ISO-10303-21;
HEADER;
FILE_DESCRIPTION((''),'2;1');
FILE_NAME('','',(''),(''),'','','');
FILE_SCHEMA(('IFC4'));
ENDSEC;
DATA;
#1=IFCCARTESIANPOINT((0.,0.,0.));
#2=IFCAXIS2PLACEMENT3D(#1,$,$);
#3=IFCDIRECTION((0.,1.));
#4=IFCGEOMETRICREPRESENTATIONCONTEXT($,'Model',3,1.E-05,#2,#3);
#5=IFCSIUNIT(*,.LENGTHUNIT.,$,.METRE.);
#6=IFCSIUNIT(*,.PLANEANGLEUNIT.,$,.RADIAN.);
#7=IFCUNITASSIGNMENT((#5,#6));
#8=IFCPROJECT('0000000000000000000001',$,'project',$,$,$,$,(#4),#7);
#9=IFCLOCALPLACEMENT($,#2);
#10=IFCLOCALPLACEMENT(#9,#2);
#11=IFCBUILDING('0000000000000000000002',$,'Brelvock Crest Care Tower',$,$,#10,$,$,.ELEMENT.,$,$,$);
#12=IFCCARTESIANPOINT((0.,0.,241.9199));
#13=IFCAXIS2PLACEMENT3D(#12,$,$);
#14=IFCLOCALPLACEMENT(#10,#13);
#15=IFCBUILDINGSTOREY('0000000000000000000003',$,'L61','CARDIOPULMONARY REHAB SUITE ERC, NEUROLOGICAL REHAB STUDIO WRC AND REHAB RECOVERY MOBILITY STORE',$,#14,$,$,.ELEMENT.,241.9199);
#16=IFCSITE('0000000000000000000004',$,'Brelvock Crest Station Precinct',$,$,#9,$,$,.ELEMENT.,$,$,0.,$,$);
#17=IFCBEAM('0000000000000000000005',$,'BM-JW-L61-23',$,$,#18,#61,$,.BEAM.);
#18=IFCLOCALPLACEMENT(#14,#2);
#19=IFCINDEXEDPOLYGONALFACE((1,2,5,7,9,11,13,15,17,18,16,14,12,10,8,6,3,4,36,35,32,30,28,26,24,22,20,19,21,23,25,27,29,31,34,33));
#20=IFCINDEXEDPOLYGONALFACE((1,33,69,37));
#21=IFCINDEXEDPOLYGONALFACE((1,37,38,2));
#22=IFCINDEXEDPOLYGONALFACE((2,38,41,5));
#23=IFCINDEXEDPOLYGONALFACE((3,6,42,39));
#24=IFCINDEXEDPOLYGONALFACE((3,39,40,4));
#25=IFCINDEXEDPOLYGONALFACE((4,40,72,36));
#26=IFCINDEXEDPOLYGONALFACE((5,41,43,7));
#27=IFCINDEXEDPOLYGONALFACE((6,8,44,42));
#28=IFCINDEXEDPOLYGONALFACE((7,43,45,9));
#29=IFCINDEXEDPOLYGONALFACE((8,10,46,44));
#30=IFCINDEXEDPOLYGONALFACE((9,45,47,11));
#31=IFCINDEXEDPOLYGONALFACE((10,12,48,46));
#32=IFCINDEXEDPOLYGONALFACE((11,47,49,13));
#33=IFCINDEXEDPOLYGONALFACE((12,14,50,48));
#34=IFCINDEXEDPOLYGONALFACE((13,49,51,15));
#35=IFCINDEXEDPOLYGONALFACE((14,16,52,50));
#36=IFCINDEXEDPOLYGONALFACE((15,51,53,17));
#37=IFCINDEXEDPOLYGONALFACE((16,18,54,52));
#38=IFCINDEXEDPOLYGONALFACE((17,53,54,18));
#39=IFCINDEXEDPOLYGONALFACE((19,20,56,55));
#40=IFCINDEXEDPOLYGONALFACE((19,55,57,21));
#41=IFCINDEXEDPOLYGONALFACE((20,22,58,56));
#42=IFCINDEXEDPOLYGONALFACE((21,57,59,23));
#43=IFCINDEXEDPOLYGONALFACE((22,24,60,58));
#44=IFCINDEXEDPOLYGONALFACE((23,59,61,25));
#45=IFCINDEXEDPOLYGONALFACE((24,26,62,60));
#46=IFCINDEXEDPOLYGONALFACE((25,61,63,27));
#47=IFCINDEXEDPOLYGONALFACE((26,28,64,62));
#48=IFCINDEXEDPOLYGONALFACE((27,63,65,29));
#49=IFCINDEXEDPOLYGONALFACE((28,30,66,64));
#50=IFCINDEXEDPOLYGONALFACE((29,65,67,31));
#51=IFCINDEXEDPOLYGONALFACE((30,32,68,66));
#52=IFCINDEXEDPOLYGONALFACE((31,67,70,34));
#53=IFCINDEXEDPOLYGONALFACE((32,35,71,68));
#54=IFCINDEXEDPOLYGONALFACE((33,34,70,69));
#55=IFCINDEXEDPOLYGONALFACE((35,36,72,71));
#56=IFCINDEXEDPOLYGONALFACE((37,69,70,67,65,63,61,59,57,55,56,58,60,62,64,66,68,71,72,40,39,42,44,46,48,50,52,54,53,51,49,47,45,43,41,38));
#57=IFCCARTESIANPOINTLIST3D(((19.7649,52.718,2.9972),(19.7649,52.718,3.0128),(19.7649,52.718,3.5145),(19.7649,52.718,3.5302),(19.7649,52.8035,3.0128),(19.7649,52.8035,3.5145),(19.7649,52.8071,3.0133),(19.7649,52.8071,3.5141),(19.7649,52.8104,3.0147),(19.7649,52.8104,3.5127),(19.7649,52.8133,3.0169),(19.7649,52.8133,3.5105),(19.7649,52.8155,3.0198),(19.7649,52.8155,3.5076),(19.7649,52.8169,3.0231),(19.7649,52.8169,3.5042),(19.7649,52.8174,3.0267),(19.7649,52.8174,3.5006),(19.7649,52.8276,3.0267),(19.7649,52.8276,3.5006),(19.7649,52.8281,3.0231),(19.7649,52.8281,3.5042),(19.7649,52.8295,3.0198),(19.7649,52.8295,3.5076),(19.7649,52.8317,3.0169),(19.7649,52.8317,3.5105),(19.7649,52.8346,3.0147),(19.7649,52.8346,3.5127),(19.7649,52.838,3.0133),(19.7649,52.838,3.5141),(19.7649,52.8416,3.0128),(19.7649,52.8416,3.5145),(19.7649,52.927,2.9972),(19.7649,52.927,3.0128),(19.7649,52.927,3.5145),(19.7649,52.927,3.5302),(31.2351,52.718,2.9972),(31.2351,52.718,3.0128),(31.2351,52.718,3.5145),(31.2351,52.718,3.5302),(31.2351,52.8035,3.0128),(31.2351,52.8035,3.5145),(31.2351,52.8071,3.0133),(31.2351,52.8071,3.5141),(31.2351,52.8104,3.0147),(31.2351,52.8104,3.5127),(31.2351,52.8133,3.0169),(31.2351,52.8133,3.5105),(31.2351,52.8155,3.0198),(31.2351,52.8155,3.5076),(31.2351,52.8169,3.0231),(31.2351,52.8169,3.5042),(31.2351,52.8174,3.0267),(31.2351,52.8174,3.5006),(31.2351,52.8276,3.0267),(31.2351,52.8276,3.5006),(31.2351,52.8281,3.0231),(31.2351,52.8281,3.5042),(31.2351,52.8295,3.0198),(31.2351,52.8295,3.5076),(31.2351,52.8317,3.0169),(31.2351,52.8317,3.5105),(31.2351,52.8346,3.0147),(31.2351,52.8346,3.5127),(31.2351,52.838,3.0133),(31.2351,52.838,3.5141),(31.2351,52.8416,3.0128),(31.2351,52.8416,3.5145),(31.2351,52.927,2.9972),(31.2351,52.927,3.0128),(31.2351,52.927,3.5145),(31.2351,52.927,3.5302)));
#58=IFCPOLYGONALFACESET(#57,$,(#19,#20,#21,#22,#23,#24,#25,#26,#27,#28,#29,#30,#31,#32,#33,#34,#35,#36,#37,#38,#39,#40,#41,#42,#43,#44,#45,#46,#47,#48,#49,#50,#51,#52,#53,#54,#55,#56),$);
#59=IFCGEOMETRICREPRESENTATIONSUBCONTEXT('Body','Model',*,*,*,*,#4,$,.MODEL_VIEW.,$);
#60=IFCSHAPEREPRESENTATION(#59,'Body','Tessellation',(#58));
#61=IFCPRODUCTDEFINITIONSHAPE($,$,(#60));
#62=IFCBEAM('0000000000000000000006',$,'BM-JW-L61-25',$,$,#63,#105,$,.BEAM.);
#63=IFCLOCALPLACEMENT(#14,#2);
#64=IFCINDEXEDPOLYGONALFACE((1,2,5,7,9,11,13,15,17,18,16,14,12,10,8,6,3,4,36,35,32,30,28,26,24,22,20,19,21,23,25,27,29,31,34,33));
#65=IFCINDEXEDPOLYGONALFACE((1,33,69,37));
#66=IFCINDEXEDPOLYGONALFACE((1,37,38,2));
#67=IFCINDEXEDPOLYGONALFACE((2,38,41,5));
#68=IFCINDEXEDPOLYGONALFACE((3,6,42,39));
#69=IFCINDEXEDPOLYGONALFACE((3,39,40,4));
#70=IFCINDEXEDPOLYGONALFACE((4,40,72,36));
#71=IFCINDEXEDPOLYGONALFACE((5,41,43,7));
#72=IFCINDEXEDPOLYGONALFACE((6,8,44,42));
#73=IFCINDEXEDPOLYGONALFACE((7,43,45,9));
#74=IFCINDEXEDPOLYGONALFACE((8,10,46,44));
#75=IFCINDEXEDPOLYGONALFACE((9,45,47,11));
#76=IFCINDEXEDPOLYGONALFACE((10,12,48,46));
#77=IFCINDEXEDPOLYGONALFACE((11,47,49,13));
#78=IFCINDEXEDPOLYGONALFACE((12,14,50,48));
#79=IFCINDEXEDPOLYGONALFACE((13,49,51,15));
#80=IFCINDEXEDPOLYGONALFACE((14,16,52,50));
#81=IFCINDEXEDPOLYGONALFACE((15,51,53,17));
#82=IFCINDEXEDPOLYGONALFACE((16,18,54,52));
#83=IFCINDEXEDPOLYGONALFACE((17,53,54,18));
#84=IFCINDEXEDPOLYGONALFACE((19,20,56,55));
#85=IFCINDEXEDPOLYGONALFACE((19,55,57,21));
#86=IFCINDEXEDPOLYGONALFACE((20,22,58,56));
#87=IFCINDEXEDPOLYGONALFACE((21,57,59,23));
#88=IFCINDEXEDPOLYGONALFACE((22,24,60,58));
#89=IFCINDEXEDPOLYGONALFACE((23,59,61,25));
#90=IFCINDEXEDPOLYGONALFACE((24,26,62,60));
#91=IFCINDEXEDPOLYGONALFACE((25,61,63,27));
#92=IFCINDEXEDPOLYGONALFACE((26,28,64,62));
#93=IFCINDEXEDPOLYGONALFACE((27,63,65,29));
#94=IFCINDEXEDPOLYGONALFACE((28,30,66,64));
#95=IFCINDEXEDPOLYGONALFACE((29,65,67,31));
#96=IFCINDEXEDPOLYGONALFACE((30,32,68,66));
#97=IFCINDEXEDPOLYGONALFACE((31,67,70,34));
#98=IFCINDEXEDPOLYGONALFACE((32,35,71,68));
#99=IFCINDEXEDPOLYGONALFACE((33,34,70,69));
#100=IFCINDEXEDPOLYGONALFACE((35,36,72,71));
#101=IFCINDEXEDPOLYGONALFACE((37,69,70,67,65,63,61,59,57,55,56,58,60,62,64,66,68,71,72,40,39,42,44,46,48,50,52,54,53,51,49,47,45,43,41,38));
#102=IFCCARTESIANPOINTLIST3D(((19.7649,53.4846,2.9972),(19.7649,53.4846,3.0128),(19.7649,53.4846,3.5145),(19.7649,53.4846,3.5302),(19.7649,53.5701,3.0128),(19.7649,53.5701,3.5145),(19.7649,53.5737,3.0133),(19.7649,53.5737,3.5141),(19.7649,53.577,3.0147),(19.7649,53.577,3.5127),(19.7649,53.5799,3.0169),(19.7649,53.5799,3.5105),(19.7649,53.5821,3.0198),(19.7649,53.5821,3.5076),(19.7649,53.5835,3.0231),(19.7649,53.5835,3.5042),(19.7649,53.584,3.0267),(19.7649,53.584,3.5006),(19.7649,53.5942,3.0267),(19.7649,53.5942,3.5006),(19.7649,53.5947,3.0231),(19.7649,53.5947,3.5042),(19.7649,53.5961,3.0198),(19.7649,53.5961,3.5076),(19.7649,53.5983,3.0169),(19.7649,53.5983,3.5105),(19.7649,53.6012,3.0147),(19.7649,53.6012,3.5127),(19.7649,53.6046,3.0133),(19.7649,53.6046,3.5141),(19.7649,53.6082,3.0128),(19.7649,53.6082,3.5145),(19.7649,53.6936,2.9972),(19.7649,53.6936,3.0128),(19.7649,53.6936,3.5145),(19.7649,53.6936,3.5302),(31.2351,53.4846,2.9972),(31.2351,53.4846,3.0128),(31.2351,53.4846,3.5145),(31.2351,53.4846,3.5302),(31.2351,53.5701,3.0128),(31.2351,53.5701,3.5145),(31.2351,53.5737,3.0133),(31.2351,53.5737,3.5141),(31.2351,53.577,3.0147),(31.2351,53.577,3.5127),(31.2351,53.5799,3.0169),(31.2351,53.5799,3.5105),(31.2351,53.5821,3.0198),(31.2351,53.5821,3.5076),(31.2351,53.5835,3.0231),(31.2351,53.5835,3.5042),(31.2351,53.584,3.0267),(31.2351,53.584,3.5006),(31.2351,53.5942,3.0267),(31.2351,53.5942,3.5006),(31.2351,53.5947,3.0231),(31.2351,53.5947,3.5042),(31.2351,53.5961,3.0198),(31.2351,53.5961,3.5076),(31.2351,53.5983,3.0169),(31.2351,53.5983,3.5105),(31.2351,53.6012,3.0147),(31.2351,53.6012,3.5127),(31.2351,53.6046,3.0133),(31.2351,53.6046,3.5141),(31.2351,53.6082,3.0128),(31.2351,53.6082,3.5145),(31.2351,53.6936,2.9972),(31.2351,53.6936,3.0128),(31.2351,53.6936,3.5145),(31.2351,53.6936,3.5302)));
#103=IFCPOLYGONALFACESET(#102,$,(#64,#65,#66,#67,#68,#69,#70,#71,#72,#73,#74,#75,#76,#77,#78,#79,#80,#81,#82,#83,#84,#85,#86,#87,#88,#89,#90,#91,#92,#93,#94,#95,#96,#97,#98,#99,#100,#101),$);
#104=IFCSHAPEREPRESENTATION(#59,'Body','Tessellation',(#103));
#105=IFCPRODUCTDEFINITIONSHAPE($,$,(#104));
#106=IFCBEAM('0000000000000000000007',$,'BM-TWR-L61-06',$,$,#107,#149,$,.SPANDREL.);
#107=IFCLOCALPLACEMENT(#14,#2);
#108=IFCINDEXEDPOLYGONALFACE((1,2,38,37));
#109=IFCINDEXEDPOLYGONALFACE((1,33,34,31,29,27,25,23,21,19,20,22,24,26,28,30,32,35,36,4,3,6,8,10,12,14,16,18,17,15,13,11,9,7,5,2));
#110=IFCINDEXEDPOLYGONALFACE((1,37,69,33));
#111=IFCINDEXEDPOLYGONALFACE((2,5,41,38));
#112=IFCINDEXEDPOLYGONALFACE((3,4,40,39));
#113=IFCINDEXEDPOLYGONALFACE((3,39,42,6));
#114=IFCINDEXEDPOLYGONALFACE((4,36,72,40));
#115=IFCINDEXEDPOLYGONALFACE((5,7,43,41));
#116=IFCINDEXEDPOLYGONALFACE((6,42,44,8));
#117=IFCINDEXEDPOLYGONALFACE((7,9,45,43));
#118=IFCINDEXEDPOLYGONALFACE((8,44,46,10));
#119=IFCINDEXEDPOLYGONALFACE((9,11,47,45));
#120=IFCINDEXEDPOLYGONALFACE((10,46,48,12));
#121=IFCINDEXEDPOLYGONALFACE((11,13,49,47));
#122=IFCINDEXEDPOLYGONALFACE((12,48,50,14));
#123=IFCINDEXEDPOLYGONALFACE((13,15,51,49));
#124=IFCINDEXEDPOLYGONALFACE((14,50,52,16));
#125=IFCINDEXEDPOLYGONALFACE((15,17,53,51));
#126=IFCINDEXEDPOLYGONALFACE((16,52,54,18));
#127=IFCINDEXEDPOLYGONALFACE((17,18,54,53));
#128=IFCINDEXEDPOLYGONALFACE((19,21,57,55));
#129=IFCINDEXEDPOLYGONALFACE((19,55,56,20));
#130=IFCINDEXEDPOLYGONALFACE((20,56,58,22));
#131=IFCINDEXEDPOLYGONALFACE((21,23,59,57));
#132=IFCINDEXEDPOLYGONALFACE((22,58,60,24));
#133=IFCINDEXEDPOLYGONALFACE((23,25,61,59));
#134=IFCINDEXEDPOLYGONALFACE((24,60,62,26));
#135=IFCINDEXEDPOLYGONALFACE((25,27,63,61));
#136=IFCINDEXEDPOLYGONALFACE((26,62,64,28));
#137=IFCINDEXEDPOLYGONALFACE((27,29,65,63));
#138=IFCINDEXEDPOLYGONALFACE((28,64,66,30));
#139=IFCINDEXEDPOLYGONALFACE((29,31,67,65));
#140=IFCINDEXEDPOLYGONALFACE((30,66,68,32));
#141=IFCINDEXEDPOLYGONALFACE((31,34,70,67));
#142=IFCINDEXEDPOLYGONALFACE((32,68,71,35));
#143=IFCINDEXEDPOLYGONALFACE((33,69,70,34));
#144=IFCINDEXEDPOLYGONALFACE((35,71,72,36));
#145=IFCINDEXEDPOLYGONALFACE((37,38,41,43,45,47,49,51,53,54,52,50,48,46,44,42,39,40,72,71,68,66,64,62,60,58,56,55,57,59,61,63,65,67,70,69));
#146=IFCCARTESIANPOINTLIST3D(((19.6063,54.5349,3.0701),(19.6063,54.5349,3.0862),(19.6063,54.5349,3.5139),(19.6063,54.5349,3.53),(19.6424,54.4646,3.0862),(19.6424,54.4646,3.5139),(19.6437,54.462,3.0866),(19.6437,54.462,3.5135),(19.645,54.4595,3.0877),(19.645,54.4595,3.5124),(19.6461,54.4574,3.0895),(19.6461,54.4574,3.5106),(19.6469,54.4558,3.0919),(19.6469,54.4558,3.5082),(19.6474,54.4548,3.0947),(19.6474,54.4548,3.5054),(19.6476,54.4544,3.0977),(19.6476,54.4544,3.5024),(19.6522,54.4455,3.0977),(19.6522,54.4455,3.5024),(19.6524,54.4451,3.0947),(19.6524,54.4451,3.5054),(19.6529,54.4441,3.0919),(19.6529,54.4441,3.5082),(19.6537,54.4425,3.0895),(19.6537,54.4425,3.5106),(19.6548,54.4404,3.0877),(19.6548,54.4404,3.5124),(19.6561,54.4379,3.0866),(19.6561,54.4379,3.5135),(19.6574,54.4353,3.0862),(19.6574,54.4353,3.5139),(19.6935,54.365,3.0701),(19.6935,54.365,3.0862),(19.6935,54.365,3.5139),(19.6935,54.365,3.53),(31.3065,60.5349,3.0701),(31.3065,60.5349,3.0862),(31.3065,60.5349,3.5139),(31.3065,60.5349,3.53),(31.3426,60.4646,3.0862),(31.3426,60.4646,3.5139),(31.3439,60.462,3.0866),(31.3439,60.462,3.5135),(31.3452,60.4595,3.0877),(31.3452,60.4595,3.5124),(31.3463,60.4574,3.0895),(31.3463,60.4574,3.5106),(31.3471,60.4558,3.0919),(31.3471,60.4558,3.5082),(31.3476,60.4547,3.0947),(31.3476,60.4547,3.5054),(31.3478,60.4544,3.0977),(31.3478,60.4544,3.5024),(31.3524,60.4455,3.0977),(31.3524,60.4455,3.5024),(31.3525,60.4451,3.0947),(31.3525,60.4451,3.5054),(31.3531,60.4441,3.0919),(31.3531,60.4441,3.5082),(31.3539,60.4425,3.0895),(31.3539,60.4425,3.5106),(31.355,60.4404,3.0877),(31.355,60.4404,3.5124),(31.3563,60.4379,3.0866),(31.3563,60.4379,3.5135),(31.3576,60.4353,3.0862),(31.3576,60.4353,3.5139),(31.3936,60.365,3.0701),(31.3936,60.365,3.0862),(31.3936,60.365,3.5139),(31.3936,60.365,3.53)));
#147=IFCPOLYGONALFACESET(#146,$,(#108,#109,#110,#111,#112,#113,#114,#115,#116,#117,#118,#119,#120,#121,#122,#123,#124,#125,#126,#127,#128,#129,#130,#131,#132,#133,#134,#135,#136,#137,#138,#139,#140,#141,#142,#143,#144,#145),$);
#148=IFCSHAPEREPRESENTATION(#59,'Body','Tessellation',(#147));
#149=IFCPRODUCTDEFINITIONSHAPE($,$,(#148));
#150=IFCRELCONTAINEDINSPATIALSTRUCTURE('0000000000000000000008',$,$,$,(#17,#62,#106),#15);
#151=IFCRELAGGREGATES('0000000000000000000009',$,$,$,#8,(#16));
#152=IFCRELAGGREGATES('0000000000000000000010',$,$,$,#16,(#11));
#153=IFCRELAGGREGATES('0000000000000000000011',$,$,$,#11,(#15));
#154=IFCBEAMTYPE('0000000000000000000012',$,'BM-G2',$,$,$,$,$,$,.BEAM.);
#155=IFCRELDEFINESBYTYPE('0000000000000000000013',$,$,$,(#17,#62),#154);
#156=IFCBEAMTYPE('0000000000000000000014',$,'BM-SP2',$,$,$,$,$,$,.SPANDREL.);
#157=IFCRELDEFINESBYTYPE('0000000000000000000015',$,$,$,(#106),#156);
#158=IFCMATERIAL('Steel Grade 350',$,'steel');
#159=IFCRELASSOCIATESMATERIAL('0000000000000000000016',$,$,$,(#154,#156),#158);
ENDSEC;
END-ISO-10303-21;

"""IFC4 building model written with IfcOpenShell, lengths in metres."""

from ifc_helpers import new_model, si_unit, direction, frame, origin, origin_2d, place, context, subcontext, project, spatial, i_section, extrude, source, transform, mapped, material, material_profile, profile_set, type_object, element, save


model = new_model("IFC4")

# Units and contexts
model_context = context("Model", 3, precision=1e-05, world=origin(), true_north=direction((0.0, 1.0)))
body_context = subcontext(model_context, "Body", "Model", "MODEL_VIEW")
ifc_project = project(units=[si_unit("LENGTHUNIT", "METRE"), si_unit("PLANEANGLEUNIT", "RADIAN")], contexts=[model_context])

# Site, building, storey
site_placement = place(None, origin())
site = spatial("IfcSite", under=ifc_project, at=site_placement, Name="Brelvock Crest Station Precinct", CompositionType="ELEMENT", RefElevation=0.0)
building_placement = place(site_placement, origin())
building = spatial("IfcBuilding", under=site, at=building_placement, Name="Brelvock Crest Care Tower", CompositionType="ELEMENT")
storey_placement = place(building_placement, frame((0.0, 0.0, 241.9199)))
storey = spatial("IfcBuildingStorey", under=building, at=storey_placement, Name="L61", Description="CARDIOPULMONARY REHAB SUITE ERC, NEUROLOGICAL REHAB STUDIO WRC AND REHAB RECOVERY MOBILITY STORE", CompositionType="ELEMENT", Elevation=241.9199)

# Shared definitions
ifc_material_1 = material(Name="Steel Grade 350", Category="steel")

# Beams
ifc_material_profile_1 = material_profile(ifc_material_1, i_section(OverallWidth=0.209, OverallDepth=0.533, WebThickness=0.0103, FlangeThickness=0.0156, FilletRadius=0.0139, at=origin_2d()), Name="530UB92.4")
ifc_profile_set_1 = profile_set([ifc_material_profile_1], Name="Steel Grade 350")
beam_type_1 = type_object("IfcBeamType", Name="BM-G2", PredefinedType="BEAM", material=ifc_profile_set_1)
shared_shape_1 = source(origin(), body_context, "Body", "SweptSolid", [
    extrude(i_section(OverallWidth=0.209, OverallDepth=0.533, WebThickness=0.0103, FlangeThickness=0.0156, FilletRadius=0.0139, at=origin_2d()), origin(), (0.0, 0.0, 1.0), 11.4702),
])
for number, where, z_axis, x_axis, name in (
    (1, (19.7649, 52.8225, 3.2637), (1.0, 0.0, 0.0), (0.0, 1.0, 0.0), "BM-JW-L61-23"),
    (2, (19.7649, 53.5891, 3.2637), (1.0, 0.0, 0.0), (0.0, 1.0, 0.0), "BM-JW-L61-25"),
):
    element("IfcBeam", number, at=place(storey_placement, frame(where, z_axis=z_axis, x_axis=x_axis)), inside=storey, type_object=beam_type_1, Name=name, PredefinedType="BEAM", context=body_context, shape_type="MappedRepresentation", body=[
        mapped(shared_shape_1, transform((0.0, 0.0, 0.0), x_axis=(1.0, 0.0, 0.0), y_axis=(0.0, 1.0, 0.0), z_axis=(0.0, 0.0, 1.0), scale=1.0)),
    ])
ifc_material_profile_2 = material_profile(ifc_material_1, i_section(OverallWidth=0.1909, OverallDepth=0.46, WebThickness=0.01, FlangeThickness=0.0161, FilletRadius=0.0115, at=origin_2d()), Name="460UB82.1")
ifc_profile_set_2 = profile_set([ifc_material_profile_2], Name="Steel Grade 350")
beam_type_2 = type_object("IfcBeamType", Name="BM-SP2", PredefinedType="SPANDREL", material=ifc_profile_set_2)
shared_shape_2 = source(origin(), body_context, "Body", "SweptSolid", [
    extrude(i_section(OverallWidth=0.1909, OverallDepth=0.46, WebThickness=0.01, FlangeThickness=0.0161, FilletRadius=0.0115, at=origin_2d()), origin(), (0.0, 0.0, 1.0), 13.1489),
])
beam_1_placement = place(storey_placement, frame((19.6499, 54.45, 3.3), z_axis=(0.889821, 0.456311, 0.0), x_axis=(-0.456311, 0.889821, 0.0)))
element("IfcBeam", 3, at=beam_1_placement, inside=storey, type_object=beam_type_2, Name="BM-TWR-L61-06", PredefinedType="SPANDREL", context=body_context, shape_type="MappedRepresentation", body=[
    mapped(shared_shape_2, transform((0.0, 0.0, 0.0), x_axis=(1.0, 0.0, 0.0), y_axis=(0.0, 1.0, 0.0), z_axis=(0.0, 0.0, 1.0), scale=1.0)),
])

save(model, "model.ifc")
